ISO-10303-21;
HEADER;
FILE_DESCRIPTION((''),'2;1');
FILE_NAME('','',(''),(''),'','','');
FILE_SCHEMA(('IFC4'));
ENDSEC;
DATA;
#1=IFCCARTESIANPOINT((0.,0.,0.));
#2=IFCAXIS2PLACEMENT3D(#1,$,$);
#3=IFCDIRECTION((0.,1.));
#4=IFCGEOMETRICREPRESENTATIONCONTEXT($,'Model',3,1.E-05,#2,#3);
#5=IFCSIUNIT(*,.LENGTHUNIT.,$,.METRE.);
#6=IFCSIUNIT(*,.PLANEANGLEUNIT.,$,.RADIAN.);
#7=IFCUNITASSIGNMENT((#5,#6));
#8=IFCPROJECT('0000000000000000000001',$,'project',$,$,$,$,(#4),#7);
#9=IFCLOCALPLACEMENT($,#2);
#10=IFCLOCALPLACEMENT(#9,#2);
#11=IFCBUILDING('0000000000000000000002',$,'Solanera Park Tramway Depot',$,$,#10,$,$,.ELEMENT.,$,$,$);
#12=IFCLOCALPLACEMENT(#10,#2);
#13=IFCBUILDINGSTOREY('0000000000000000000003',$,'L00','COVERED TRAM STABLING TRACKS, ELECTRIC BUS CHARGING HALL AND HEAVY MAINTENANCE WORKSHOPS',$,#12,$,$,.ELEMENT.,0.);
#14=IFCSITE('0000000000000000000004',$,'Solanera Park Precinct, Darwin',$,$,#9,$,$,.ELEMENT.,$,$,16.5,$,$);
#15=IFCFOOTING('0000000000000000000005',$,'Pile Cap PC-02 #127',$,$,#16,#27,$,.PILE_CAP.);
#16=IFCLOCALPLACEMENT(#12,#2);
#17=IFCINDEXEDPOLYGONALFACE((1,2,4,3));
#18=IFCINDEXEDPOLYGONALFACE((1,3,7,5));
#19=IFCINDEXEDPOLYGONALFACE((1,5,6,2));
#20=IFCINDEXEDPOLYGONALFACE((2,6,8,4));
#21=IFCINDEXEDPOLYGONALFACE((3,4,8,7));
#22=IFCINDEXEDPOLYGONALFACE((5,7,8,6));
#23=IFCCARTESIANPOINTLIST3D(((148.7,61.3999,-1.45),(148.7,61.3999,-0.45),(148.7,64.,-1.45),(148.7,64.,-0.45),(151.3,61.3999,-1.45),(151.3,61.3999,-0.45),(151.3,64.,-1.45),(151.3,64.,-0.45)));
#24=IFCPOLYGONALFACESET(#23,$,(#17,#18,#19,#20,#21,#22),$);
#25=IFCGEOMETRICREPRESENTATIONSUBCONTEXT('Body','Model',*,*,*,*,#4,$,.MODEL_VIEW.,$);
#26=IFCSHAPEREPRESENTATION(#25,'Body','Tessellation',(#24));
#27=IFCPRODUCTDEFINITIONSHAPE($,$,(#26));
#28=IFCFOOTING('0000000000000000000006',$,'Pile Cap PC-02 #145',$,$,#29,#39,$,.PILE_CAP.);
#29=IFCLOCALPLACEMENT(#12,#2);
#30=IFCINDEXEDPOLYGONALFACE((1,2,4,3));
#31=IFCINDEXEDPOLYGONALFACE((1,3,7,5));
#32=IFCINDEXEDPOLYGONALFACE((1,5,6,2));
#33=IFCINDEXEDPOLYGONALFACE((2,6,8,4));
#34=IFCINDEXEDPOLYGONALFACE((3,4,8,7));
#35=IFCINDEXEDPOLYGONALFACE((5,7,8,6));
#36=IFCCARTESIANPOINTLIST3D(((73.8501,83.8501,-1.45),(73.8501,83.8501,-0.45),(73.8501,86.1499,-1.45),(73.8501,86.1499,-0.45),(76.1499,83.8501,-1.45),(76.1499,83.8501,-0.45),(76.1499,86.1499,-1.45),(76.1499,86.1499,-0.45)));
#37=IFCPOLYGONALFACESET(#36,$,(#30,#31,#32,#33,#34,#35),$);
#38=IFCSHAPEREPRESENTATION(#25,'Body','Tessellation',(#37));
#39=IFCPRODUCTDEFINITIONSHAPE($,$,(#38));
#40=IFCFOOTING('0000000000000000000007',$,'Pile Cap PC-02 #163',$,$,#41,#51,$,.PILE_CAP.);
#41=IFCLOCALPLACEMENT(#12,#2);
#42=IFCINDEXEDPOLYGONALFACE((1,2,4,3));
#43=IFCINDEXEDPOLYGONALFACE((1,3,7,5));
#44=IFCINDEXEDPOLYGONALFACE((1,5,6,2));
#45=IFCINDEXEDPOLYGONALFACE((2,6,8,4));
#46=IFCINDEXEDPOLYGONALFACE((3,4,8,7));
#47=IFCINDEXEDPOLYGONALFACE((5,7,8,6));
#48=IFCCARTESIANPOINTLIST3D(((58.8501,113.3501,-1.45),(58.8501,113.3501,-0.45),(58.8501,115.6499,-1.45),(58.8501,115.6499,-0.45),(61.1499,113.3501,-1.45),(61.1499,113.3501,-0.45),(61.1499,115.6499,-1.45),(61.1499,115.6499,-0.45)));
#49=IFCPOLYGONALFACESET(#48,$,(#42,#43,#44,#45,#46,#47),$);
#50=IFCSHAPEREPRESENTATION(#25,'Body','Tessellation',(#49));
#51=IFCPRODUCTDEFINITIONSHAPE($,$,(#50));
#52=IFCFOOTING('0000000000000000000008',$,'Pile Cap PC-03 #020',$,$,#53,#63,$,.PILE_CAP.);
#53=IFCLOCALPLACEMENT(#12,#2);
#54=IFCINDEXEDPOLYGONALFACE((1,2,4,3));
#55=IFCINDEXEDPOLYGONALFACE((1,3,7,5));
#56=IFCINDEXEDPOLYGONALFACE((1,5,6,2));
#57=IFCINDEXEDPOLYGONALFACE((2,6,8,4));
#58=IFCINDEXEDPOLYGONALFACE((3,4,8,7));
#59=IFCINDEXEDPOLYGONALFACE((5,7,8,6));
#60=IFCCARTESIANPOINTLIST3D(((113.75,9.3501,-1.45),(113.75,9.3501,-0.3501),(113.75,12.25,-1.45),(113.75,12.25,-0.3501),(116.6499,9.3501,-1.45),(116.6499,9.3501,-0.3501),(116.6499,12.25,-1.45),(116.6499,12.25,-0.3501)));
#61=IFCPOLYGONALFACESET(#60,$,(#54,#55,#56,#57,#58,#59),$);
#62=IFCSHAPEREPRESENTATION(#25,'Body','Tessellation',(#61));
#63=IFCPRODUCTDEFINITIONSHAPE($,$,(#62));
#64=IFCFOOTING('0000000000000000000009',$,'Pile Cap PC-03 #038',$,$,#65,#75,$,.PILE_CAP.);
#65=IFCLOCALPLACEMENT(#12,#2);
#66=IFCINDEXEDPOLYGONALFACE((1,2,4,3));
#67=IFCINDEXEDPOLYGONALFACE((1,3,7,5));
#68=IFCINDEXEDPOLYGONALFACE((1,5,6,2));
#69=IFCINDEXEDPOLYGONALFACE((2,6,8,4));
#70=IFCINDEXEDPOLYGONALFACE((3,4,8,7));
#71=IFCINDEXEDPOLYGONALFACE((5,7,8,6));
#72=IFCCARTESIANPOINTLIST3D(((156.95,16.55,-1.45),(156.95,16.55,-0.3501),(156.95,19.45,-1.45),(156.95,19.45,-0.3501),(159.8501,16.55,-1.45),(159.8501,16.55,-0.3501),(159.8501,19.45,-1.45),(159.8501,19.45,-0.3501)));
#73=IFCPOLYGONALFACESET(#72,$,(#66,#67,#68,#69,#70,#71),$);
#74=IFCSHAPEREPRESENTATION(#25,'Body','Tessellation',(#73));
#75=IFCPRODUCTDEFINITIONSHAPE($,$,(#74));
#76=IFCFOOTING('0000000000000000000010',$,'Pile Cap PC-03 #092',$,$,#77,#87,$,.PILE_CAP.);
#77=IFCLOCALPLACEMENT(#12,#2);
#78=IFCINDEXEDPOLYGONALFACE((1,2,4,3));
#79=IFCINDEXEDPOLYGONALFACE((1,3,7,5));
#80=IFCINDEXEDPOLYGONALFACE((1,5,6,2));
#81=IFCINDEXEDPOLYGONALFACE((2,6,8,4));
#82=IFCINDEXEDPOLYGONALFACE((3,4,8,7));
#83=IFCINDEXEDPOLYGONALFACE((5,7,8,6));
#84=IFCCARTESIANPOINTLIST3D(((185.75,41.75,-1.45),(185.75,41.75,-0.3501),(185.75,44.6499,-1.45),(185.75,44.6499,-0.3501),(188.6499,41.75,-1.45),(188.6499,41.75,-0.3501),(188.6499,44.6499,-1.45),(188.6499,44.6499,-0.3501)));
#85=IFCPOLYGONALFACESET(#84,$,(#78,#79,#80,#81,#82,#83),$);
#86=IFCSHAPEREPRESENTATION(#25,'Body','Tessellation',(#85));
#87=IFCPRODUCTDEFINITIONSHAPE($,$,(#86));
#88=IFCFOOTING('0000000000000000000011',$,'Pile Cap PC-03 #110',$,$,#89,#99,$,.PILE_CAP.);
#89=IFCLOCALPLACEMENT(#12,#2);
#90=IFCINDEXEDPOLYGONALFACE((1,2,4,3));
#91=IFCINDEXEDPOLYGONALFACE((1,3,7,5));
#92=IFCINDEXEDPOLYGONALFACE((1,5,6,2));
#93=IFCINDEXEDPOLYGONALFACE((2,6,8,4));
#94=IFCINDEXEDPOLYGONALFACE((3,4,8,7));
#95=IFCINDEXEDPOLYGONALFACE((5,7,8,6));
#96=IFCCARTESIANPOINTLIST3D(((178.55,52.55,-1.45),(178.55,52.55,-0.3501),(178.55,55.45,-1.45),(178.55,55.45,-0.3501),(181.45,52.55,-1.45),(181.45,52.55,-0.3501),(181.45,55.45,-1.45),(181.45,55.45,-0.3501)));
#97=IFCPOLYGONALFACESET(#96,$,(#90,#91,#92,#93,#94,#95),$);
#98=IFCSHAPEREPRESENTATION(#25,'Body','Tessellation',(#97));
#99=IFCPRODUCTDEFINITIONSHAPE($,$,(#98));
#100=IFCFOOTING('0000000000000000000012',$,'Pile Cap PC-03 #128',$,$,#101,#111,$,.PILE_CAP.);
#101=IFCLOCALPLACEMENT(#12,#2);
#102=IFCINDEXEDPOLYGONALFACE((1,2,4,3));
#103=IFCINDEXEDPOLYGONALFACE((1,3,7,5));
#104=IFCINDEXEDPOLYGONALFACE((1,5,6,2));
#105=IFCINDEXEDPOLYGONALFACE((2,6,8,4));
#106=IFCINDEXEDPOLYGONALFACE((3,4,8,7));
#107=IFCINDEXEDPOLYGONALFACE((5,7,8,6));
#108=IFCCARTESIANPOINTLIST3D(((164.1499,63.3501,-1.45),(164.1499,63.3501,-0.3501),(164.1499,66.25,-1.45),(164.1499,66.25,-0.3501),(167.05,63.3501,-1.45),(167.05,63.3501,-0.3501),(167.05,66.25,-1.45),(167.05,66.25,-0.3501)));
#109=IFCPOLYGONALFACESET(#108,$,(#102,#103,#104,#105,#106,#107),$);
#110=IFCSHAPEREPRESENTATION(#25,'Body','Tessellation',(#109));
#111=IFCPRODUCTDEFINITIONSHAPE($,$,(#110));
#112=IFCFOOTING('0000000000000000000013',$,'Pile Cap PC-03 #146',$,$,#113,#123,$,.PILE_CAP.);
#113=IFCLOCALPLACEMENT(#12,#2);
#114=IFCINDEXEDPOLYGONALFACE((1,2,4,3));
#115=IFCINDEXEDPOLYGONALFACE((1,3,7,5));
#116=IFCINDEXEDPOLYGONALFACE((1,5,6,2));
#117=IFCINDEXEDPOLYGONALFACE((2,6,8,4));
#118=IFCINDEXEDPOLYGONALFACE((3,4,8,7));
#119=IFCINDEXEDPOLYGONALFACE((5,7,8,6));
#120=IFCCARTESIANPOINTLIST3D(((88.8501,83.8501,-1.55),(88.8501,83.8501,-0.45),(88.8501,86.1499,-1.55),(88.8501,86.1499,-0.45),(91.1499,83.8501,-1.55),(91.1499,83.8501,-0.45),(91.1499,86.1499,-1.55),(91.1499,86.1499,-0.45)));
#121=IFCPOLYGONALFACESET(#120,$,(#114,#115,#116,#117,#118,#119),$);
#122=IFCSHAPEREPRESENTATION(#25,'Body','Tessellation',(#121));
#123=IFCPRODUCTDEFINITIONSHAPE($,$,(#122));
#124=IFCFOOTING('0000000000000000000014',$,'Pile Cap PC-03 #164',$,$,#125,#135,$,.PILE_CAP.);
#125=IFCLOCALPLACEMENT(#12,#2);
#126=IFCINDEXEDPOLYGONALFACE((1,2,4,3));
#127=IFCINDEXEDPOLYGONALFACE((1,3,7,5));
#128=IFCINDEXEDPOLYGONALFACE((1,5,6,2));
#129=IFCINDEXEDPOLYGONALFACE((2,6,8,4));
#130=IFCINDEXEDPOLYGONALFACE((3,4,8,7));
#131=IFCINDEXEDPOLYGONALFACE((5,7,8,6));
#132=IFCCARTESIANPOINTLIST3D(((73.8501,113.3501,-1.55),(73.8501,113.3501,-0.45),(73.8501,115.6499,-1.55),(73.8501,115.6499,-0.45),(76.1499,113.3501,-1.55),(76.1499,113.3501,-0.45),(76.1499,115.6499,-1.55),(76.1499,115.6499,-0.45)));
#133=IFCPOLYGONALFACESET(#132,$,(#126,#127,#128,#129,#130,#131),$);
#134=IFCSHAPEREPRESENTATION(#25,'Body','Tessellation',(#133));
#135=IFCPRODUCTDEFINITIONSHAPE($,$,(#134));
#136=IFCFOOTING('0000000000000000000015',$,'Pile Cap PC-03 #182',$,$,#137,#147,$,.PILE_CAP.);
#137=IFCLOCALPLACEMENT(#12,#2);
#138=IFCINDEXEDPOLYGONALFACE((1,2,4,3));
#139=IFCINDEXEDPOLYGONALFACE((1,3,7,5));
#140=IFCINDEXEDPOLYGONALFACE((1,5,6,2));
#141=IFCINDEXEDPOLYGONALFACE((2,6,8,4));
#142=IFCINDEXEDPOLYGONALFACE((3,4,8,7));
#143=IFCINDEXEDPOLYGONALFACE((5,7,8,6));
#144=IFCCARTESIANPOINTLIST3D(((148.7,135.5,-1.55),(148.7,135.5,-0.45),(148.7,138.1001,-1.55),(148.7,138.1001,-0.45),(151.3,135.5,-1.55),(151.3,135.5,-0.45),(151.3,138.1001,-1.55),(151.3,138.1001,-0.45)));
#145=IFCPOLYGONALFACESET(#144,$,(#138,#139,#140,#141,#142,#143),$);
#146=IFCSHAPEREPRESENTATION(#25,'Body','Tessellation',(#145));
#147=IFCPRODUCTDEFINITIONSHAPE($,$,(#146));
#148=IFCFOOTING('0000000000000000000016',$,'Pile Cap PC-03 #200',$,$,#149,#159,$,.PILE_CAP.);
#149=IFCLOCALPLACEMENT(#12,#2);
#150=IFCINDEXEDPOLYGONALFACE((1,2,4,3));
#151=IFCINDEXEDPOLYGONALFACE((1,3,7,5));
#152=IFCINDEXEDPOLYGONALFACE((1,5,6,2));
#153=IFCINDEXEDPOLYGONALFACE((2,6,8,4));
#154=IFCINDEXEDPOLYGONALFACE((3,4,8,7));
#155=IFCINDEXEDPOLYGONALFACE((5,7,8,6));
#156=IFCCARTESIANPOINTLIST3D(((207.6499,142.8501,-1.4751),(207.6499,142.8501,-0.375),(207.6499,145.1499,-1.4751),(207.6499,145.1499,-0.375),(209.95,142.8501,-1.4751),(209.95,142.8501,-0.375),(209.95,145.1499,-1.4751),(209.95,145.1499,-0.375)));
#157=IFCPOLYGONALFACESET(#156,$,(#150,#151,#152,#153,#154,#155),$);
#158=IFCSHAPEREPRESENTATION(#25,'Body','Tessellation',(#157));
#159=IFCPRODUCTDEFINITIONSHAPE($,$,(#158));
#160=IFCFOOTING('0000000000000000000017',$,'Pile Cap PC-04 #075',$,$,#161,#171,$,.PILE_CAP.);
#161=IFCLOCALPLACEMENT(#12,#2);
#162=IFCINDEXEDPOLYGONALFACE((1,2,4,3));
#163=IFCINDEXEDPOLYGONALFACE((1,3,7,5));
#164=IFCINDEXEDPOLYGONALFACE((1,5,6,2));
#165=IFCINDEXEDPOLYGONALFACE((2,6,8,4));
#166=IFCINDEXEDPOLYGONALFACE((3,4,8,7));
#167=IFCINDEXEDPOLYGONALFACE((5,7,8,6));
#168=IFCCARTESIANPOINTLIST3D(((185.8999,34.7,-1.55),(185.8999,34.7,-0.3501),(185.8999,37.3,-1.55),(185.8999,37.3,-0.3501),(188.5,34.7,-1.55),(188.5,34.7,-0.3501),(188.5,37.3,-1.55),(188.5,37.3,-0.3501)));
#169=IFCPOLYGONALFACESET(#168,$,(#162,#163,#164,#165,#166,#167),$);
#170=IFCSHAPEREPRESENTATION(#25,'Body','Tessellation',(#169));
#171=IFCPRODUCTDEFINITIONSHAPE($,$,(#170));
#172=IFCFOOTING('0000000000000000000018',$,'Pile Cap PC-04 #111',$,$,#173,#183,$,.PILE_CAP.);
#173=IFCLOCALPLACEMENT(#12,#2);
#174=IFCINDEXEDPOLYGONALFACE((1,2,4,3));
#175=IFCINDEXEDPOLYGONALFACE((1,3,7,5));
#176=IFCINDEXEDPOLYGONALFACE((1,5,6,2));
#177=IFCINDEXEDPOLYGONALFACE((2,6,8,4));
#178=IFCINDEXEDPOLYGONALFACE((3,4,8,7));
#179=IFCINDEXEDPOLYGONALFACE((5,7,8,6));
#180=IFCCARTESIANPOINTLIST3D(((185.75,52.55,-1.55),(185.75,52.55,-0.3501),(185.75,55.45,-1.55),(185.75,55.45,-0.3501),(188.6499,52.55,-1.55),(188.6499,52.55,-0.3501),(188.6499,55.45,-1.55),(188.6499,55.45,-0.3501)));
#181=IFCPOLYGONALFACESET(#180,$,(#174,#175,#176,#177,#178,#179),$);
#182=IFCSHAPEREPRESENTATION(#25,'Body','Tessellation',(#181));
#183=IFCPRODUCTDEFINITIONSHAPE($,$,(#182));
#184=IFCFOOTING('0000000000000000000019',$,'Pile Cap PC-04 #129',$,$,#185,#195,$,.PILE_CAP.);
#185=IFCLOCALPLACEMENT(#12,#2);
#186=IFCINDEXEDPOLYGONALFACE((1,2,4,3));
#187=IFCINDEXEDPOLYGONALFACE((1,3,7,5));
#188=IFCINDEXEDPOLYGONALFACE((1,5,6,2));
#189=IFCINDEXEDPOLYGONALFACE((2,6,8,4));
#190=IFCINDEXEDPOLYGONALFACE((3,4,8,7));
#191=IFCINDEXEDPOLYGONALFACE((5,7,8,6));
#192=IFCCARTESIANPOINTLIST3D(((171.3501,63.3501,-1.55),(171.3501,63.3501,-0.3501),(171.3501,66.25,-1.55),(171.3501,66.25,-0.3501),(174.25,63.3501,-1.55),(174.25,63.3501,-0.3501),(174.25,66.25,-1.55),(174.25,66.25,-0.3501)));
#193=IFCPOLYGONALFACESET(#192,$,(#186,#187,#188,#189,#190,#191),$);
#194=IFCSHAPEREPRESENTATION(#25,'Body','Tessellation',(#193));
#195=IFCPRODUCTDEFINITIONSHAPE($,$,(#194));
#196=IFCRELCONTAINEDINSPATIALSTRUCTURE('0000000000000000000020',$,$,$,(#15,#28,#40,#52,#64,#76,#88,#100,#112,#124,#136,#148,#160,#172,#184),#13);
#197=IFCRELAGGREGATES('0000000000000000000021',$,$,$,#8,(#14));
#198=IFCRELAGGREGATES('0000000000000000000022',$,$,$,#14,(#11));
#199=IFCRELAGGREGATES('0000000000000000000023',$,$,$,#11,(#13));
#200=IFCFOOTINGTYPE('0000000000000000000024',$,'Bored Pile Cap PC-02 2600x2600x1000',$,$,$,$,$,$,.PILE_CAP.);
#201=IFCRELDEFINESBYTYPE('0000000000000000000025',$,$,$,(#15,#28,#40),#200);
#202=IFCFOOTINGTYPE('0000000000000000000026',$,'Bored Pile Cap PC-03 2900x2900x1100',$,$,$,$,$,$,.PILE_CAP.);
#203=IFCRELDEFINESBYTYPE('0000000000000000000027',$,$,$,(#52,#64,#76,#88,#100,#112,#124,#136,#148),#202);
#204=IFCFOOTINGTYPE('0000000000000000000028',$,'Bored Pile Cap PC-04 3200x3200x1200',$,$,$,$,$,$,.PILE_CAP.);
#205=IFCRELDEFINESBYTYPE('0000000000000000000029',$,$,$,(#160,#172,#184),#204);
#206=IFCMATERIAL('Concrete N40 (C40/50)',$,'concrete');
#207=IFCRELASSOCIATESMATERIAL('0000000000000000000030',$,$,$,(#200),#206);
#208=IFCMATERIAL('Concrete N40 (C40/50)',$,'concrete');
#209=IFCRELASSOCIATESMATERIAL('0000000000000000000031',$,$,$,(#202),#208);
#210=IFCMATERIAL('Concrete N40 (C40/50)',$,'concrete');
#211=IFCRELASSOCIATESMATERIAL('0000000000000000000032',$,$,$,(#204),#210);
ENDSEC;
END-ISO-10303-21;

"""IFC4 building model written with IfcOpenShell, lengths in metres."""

from ifc_helpers import new_model, si_unit, direction, frame, origin, place, context, subcontext, project, spatial, polyline, outline, extrude, material, type_object, element, save


model = new_model("IFC4")

# Units and contexts
model_context = context("Model", 3, precision=1e-05, world=origin(), true_north=direction((0.0, 1.0)))
body_context = subcontext(model_context, "Body", "Model", "MODEL_VIEW")
ifc_project = project(units=[si_unit("LENGTHUNIT", "METRE"), si_unit("PLANEANGLEUNIT", "RADIAN")], contexts=[model_context])

# Site, building, storey
site_placement = place(None, origin())
site = spatial("IfcSite", under=ifc_project, at=site_placement, Name="Solanera Park Precinct, Darwin", CompositionType="ELEMENT", RefElevation=16.5)
building_placement = place(site_placement, origin())
building = spatial("IfcBuilding", under=site, at=building_placement, Name="Solanera Park Tramway Depot", CompositionType="ELEMENT")
storey_placement = place(building_placement, origin())
storey = spatial("IfcBuildingStorey", under=building, at=storey_placement, Name="L00", Description="COVERED TRAM STABLING TRACKS, ELECTRIC BUS CHARGING HALL AND HEAVY MAINTENANCE WORKSHOPS", CompositionType="ELEMENT", Elevation=0.0)

# Footings
ifc_material_1 = material(Name="Concrete N40 (C40/50)", Category="concrete")
footing_type_1 = type_object("IfcFootingType", Name="Bored Pile Cap PC-02 2600x2600x1000", PredefinedType="PILE_CAP", material=ifc_material_1)
footing_1_placement = place(storey_placement, frame((0.0, 0.0, -1.45)))
element("IfcFooting", 1, at=footing_1_placement, inside=storey, type_object=footing_type_1, Name="Pile Cap PC-02 #127", PredefinedType="PILE_CAP", context=body_context, shape_type="SweptSolid", body=[
    extrude(outline(polyline([(151.3, 61.3999), (151.3, 64.0), (148.7, 64.0), (148.7, 61.3999), (151.3, 61.3999)])), origin(), (0.0, 0.0, 1.0), 1.0),
])
footing_2_placement = place(storey_placement, frame((0.0, 0.0, -1.45)))
element("IfcFooting", 2, at=footing_2_placement, inside=storey, type_object=footing_type_1, Name="Pile Cap PC-02 #145", PredefinedType="PILE_CAP", context=body_context, shape_type="SweptSolid", body=[
    extrude(outline(polyline([(76.1499, 83.8501), (76.1499, 86.1499), (73.8501, 86.1499), (73.8501, 83.8501), (76.1499, 83.8501)])), origin(), (0.0, 0.0, 1.0), 1.0),
])
footing_3_placement = place(storey_placement, frame((0.0, 0.0, -1.45)))
element("IfcFooting", 3, at=footing_3_placement, inside=storey, type_object=footing_type_1, Name="Pile Cap PC-02 #163", PredefinedType="PILE_CAP", context=body_context, shape_type="SweptSolid", body=[
    extrude(outline(polyline([(61.1499, 113.3501), (61.1499, 115.6499), (58.8501, 115.6499), (58.8501, 113.3501), (61.1499, 113.3501)])), origin(), (0.0, 0.0, 1.0), 1.0),
])
ifc_material_2 = material(Name="Concrete N40 (C40/50)", Category="concrete")
footing_type_2 = type_object("IfcFootingType", Name="Bored Pile Cap PC-03 2900x2900x1100", PredefinedType="PILE_CAP", material=ifc_material_2)
footing_4_placement = place(storey_placement, frame((0.0, 0.0, -1.45)))
element("IfcFooting", 4, at=footing_4_placement, inside=storey, type_object=footing_type_2, Name="Pile Cap PC-03 #020", PredefinedType="PILE_CAP", context=body_context, shape_type="SweptSolid", body=[
    extrude(outline(polyline([(116.6499, 9.3501), (116.6499, 12.25), (113.75, 12.25), (113.75, 9.3501), (116.6499, 9.3501)])), origin(), (0.0, 0.0, 1.0), 1.0999),
])
footing_5_placement = place(storey_placement, frame((0.0, 0.0, -1.45)))
element("IfcFooting", 5, at=footing_5_placement, inside=storey, type_object=footing_type_2, Name="Pile Cap PC-03 #038", PredefinedType="PILE_CAP", context=body_context, shape_type="SweptSolid", body=[
    extrude(outline(polyline([(159.8501, 16.55), (159.8501, 19.45), (156.95, 19.45), (156.95, 16.55), (159.8501, 16.55)])), origin(), (0.0, 0.0, 1.0), 1.0999),
])
footing_6_placement = place(storey_placement, frame((0.0, 0.0, -1.45)))
element("IfcFooting", 6, at=footing_6_placement, inside=storey, type_object=footing_type_2, Name="Pile Cap PC-03 #092", PredefinedType="PILE_CAP", context=body_context, shape_type="SweptSolid", body=[
    extrude(outline(polyline([(188.6499, 41.75), (188.6499, 44.6499), (185.75, 44.6499), (185.75, 41.75), (188.6499, 41.75)])), origin(), (0.0, 0.0, 1.0), 1.0999),
])
footing_7_placement = place(storey_placement, frame((0.0, 0.0, -1.45)))
element("IfcFooting", 7, at=footing_7_placement, inside=storey, type_object=footing_type_2, Name="Pile Cap PC-03 #110", PredefinedType="PILE_CAP", context=body_context, shape_type="SweptSolid", body=[
    extrude(outline(polyline([(181.45, 52.55), (181.45, 55.45), (178.55, 55.45), (178.55, 52.55), (181.45, 52.55)])), origin(), (0.0, 0.0, 1.0), 1.0999),
])
footing_8_placement = place(storey_placement, frame((0.0, 0.0, -1.45)))
element("IfcFooting", 8, at=footing_8_placement, inside=storey, type_object=footing_type_2, Name="Pile Cap PC-03 #128", PredefinedType="PILE_CAP", context=body_context, shape_type="SweptSolid", body=[
    extrude(outline(polyline([(167.05, 63.3501), (167.05, 66.25), (164.1499, 66.25), (164.1499, 63.3501), (167.05, 63.3501)])), origin(), (0.0, 0.0, 1.0), 1.0999),
])
footing_9_placement = place(storey_placement, frame((0.0, 0.0, -1.55)))
element("IfcFooting", 9, at=footing_9_placement, inside=storey, type_object=footing_type_2, Name="Pile Cap PC-03 #146", PredefinedType="PILE_CAP", context=body_context, shape_type="SweptSolid", body=[
    extrude(outline(polyline([(91.1499, 83.8501), (91.1499, 86.1499), (88.8501, 86.1499), (88.8501, 83.8501), (91.1499, 83.8501)])), origin(), (0.0, 0.0, 1.0), 1.1001),
])
footing_10_placement = place(storey_placement, frame((0.0, 0.0, -1.55)))
element("IfcFooting", 10, at=footing_10_placement, inside=storey, type_object=footing_type_2, Name="Pile Cap PC-03 #164", PredefinedType="PILE_CAP", context=body_context, shape_type="SweptSolid", body=[
    extrude(outline(polyline([(76.1499, 113.3501), (76.1499, 115.6499), (73.8501, 115.6499), (73.8501, 113.3501), (76.1499, 113.3501)])), origin(), (0.0, 0.0, 1.0), 1.1001),
])
footing_11_placement = place(storey_placement, frame((0.0, 0.0, -1.55)))
element("IfcFooting", 11, at=footing_11_placement, inside=storey, type_object=footing_type_2, Name="Pile Cap PC-03 #182", PredefinedType="PILE_CAP", context=body_context, shape_type="SweptSolid", body=[
    extrude(outline(polyline([(151.3, 135.5), (151.3, 138.1001), (148.7, 138.1001), (148.7, 135.5), (151.3, 135.5)])), origin(), (0.0, 0.0, 1.0), 1.1001),
])
footing_12_placement = place(storey_placement, frame((0.0, 0.0, -1.4751)))
element("IfcFooting", 12, at=footing_12_placement, inside=storey, type_object=footing_type_2, Name="Pile Cap PC-03 #200", PredefinedType="PILE_CAP", context=body_context, shape_type="SweptSolid", body=[
    extrude(outline(polyline([(209.95, 142.8501), (209.95, 145.1499), (207.6499, 145.1499), (207.6499, 142.8501), (209.95, 142.8501)])), origin(), (0.0, 0.0, 1.0), 1.1001),
])
ifc_material_3 = material(Name="Concrete N40 (C40/50)", Category="concrete")
footing_type_3 = type_object("IfcFootingType", Name="Bored Pile Cap PC-04 3200x3200x1200", PredefinedType="PILE_CAP", material=ifc_material_3)
footing_13_placement = place(storey_placement, frame((0.0, 0.0, -1.55)))
element("IfcFooting", 13, at=footing_13_placement, inside=storey, type_object=footing_type_3, Name="Pile Cap PC-04 #075", PredefinedType="PILE_CAP", context=body_context, shape_type="SweptSolid", body=[
    extrude(outline(polyline([(188.5, 34.7), (188.5, 37.3), (185.8999, 37.3), (185.8999, 34.7), (188.5, 34.7)])), origin(), (0.0, 0.0, 1.0), 1.2),
])
footing_14_placement = place(storey_placement, frame((0.0, 0.0, -1.55)))
element("IfcFooting", 14, at=footing_14_placement, inside=storey, type_object=footing_type_3, Name="Pile Cap PC-04 #111", PredefinedType="PILE_CAP", context=body_context, shape_type="SweptSolid", body=[
    extrude(outline(polyline([(188.6499, 52.55), (188.6499, 55.45), (185.75, 55.45), (185.75, 52.55), (188.6499, 52.55)])), origin(), (0.0, 0.0, 1.0), 1.2),
])
footing_15_placement = place(storey_placement, frame((0.0, 0.0, -1.55)))
element("IfcFooting", 15, at=footing_15_placement, inside=storey, type_object=footing_type_3, Name="Pile Cap PC-04 #129", PredefinedType="PILE_CAP", context=body_context, shape_type="SweptSolid", body=[
    extrude(outline(polyline([(174.25, 63.3501), (174.25, 66.25), (171.3501, 66.25), (171.3501, 63.3501), (174.25, 63.3501)])), origin(), (0.0, 0.0, 1.0), 1.2),
])

save(model, "model.ifc")
